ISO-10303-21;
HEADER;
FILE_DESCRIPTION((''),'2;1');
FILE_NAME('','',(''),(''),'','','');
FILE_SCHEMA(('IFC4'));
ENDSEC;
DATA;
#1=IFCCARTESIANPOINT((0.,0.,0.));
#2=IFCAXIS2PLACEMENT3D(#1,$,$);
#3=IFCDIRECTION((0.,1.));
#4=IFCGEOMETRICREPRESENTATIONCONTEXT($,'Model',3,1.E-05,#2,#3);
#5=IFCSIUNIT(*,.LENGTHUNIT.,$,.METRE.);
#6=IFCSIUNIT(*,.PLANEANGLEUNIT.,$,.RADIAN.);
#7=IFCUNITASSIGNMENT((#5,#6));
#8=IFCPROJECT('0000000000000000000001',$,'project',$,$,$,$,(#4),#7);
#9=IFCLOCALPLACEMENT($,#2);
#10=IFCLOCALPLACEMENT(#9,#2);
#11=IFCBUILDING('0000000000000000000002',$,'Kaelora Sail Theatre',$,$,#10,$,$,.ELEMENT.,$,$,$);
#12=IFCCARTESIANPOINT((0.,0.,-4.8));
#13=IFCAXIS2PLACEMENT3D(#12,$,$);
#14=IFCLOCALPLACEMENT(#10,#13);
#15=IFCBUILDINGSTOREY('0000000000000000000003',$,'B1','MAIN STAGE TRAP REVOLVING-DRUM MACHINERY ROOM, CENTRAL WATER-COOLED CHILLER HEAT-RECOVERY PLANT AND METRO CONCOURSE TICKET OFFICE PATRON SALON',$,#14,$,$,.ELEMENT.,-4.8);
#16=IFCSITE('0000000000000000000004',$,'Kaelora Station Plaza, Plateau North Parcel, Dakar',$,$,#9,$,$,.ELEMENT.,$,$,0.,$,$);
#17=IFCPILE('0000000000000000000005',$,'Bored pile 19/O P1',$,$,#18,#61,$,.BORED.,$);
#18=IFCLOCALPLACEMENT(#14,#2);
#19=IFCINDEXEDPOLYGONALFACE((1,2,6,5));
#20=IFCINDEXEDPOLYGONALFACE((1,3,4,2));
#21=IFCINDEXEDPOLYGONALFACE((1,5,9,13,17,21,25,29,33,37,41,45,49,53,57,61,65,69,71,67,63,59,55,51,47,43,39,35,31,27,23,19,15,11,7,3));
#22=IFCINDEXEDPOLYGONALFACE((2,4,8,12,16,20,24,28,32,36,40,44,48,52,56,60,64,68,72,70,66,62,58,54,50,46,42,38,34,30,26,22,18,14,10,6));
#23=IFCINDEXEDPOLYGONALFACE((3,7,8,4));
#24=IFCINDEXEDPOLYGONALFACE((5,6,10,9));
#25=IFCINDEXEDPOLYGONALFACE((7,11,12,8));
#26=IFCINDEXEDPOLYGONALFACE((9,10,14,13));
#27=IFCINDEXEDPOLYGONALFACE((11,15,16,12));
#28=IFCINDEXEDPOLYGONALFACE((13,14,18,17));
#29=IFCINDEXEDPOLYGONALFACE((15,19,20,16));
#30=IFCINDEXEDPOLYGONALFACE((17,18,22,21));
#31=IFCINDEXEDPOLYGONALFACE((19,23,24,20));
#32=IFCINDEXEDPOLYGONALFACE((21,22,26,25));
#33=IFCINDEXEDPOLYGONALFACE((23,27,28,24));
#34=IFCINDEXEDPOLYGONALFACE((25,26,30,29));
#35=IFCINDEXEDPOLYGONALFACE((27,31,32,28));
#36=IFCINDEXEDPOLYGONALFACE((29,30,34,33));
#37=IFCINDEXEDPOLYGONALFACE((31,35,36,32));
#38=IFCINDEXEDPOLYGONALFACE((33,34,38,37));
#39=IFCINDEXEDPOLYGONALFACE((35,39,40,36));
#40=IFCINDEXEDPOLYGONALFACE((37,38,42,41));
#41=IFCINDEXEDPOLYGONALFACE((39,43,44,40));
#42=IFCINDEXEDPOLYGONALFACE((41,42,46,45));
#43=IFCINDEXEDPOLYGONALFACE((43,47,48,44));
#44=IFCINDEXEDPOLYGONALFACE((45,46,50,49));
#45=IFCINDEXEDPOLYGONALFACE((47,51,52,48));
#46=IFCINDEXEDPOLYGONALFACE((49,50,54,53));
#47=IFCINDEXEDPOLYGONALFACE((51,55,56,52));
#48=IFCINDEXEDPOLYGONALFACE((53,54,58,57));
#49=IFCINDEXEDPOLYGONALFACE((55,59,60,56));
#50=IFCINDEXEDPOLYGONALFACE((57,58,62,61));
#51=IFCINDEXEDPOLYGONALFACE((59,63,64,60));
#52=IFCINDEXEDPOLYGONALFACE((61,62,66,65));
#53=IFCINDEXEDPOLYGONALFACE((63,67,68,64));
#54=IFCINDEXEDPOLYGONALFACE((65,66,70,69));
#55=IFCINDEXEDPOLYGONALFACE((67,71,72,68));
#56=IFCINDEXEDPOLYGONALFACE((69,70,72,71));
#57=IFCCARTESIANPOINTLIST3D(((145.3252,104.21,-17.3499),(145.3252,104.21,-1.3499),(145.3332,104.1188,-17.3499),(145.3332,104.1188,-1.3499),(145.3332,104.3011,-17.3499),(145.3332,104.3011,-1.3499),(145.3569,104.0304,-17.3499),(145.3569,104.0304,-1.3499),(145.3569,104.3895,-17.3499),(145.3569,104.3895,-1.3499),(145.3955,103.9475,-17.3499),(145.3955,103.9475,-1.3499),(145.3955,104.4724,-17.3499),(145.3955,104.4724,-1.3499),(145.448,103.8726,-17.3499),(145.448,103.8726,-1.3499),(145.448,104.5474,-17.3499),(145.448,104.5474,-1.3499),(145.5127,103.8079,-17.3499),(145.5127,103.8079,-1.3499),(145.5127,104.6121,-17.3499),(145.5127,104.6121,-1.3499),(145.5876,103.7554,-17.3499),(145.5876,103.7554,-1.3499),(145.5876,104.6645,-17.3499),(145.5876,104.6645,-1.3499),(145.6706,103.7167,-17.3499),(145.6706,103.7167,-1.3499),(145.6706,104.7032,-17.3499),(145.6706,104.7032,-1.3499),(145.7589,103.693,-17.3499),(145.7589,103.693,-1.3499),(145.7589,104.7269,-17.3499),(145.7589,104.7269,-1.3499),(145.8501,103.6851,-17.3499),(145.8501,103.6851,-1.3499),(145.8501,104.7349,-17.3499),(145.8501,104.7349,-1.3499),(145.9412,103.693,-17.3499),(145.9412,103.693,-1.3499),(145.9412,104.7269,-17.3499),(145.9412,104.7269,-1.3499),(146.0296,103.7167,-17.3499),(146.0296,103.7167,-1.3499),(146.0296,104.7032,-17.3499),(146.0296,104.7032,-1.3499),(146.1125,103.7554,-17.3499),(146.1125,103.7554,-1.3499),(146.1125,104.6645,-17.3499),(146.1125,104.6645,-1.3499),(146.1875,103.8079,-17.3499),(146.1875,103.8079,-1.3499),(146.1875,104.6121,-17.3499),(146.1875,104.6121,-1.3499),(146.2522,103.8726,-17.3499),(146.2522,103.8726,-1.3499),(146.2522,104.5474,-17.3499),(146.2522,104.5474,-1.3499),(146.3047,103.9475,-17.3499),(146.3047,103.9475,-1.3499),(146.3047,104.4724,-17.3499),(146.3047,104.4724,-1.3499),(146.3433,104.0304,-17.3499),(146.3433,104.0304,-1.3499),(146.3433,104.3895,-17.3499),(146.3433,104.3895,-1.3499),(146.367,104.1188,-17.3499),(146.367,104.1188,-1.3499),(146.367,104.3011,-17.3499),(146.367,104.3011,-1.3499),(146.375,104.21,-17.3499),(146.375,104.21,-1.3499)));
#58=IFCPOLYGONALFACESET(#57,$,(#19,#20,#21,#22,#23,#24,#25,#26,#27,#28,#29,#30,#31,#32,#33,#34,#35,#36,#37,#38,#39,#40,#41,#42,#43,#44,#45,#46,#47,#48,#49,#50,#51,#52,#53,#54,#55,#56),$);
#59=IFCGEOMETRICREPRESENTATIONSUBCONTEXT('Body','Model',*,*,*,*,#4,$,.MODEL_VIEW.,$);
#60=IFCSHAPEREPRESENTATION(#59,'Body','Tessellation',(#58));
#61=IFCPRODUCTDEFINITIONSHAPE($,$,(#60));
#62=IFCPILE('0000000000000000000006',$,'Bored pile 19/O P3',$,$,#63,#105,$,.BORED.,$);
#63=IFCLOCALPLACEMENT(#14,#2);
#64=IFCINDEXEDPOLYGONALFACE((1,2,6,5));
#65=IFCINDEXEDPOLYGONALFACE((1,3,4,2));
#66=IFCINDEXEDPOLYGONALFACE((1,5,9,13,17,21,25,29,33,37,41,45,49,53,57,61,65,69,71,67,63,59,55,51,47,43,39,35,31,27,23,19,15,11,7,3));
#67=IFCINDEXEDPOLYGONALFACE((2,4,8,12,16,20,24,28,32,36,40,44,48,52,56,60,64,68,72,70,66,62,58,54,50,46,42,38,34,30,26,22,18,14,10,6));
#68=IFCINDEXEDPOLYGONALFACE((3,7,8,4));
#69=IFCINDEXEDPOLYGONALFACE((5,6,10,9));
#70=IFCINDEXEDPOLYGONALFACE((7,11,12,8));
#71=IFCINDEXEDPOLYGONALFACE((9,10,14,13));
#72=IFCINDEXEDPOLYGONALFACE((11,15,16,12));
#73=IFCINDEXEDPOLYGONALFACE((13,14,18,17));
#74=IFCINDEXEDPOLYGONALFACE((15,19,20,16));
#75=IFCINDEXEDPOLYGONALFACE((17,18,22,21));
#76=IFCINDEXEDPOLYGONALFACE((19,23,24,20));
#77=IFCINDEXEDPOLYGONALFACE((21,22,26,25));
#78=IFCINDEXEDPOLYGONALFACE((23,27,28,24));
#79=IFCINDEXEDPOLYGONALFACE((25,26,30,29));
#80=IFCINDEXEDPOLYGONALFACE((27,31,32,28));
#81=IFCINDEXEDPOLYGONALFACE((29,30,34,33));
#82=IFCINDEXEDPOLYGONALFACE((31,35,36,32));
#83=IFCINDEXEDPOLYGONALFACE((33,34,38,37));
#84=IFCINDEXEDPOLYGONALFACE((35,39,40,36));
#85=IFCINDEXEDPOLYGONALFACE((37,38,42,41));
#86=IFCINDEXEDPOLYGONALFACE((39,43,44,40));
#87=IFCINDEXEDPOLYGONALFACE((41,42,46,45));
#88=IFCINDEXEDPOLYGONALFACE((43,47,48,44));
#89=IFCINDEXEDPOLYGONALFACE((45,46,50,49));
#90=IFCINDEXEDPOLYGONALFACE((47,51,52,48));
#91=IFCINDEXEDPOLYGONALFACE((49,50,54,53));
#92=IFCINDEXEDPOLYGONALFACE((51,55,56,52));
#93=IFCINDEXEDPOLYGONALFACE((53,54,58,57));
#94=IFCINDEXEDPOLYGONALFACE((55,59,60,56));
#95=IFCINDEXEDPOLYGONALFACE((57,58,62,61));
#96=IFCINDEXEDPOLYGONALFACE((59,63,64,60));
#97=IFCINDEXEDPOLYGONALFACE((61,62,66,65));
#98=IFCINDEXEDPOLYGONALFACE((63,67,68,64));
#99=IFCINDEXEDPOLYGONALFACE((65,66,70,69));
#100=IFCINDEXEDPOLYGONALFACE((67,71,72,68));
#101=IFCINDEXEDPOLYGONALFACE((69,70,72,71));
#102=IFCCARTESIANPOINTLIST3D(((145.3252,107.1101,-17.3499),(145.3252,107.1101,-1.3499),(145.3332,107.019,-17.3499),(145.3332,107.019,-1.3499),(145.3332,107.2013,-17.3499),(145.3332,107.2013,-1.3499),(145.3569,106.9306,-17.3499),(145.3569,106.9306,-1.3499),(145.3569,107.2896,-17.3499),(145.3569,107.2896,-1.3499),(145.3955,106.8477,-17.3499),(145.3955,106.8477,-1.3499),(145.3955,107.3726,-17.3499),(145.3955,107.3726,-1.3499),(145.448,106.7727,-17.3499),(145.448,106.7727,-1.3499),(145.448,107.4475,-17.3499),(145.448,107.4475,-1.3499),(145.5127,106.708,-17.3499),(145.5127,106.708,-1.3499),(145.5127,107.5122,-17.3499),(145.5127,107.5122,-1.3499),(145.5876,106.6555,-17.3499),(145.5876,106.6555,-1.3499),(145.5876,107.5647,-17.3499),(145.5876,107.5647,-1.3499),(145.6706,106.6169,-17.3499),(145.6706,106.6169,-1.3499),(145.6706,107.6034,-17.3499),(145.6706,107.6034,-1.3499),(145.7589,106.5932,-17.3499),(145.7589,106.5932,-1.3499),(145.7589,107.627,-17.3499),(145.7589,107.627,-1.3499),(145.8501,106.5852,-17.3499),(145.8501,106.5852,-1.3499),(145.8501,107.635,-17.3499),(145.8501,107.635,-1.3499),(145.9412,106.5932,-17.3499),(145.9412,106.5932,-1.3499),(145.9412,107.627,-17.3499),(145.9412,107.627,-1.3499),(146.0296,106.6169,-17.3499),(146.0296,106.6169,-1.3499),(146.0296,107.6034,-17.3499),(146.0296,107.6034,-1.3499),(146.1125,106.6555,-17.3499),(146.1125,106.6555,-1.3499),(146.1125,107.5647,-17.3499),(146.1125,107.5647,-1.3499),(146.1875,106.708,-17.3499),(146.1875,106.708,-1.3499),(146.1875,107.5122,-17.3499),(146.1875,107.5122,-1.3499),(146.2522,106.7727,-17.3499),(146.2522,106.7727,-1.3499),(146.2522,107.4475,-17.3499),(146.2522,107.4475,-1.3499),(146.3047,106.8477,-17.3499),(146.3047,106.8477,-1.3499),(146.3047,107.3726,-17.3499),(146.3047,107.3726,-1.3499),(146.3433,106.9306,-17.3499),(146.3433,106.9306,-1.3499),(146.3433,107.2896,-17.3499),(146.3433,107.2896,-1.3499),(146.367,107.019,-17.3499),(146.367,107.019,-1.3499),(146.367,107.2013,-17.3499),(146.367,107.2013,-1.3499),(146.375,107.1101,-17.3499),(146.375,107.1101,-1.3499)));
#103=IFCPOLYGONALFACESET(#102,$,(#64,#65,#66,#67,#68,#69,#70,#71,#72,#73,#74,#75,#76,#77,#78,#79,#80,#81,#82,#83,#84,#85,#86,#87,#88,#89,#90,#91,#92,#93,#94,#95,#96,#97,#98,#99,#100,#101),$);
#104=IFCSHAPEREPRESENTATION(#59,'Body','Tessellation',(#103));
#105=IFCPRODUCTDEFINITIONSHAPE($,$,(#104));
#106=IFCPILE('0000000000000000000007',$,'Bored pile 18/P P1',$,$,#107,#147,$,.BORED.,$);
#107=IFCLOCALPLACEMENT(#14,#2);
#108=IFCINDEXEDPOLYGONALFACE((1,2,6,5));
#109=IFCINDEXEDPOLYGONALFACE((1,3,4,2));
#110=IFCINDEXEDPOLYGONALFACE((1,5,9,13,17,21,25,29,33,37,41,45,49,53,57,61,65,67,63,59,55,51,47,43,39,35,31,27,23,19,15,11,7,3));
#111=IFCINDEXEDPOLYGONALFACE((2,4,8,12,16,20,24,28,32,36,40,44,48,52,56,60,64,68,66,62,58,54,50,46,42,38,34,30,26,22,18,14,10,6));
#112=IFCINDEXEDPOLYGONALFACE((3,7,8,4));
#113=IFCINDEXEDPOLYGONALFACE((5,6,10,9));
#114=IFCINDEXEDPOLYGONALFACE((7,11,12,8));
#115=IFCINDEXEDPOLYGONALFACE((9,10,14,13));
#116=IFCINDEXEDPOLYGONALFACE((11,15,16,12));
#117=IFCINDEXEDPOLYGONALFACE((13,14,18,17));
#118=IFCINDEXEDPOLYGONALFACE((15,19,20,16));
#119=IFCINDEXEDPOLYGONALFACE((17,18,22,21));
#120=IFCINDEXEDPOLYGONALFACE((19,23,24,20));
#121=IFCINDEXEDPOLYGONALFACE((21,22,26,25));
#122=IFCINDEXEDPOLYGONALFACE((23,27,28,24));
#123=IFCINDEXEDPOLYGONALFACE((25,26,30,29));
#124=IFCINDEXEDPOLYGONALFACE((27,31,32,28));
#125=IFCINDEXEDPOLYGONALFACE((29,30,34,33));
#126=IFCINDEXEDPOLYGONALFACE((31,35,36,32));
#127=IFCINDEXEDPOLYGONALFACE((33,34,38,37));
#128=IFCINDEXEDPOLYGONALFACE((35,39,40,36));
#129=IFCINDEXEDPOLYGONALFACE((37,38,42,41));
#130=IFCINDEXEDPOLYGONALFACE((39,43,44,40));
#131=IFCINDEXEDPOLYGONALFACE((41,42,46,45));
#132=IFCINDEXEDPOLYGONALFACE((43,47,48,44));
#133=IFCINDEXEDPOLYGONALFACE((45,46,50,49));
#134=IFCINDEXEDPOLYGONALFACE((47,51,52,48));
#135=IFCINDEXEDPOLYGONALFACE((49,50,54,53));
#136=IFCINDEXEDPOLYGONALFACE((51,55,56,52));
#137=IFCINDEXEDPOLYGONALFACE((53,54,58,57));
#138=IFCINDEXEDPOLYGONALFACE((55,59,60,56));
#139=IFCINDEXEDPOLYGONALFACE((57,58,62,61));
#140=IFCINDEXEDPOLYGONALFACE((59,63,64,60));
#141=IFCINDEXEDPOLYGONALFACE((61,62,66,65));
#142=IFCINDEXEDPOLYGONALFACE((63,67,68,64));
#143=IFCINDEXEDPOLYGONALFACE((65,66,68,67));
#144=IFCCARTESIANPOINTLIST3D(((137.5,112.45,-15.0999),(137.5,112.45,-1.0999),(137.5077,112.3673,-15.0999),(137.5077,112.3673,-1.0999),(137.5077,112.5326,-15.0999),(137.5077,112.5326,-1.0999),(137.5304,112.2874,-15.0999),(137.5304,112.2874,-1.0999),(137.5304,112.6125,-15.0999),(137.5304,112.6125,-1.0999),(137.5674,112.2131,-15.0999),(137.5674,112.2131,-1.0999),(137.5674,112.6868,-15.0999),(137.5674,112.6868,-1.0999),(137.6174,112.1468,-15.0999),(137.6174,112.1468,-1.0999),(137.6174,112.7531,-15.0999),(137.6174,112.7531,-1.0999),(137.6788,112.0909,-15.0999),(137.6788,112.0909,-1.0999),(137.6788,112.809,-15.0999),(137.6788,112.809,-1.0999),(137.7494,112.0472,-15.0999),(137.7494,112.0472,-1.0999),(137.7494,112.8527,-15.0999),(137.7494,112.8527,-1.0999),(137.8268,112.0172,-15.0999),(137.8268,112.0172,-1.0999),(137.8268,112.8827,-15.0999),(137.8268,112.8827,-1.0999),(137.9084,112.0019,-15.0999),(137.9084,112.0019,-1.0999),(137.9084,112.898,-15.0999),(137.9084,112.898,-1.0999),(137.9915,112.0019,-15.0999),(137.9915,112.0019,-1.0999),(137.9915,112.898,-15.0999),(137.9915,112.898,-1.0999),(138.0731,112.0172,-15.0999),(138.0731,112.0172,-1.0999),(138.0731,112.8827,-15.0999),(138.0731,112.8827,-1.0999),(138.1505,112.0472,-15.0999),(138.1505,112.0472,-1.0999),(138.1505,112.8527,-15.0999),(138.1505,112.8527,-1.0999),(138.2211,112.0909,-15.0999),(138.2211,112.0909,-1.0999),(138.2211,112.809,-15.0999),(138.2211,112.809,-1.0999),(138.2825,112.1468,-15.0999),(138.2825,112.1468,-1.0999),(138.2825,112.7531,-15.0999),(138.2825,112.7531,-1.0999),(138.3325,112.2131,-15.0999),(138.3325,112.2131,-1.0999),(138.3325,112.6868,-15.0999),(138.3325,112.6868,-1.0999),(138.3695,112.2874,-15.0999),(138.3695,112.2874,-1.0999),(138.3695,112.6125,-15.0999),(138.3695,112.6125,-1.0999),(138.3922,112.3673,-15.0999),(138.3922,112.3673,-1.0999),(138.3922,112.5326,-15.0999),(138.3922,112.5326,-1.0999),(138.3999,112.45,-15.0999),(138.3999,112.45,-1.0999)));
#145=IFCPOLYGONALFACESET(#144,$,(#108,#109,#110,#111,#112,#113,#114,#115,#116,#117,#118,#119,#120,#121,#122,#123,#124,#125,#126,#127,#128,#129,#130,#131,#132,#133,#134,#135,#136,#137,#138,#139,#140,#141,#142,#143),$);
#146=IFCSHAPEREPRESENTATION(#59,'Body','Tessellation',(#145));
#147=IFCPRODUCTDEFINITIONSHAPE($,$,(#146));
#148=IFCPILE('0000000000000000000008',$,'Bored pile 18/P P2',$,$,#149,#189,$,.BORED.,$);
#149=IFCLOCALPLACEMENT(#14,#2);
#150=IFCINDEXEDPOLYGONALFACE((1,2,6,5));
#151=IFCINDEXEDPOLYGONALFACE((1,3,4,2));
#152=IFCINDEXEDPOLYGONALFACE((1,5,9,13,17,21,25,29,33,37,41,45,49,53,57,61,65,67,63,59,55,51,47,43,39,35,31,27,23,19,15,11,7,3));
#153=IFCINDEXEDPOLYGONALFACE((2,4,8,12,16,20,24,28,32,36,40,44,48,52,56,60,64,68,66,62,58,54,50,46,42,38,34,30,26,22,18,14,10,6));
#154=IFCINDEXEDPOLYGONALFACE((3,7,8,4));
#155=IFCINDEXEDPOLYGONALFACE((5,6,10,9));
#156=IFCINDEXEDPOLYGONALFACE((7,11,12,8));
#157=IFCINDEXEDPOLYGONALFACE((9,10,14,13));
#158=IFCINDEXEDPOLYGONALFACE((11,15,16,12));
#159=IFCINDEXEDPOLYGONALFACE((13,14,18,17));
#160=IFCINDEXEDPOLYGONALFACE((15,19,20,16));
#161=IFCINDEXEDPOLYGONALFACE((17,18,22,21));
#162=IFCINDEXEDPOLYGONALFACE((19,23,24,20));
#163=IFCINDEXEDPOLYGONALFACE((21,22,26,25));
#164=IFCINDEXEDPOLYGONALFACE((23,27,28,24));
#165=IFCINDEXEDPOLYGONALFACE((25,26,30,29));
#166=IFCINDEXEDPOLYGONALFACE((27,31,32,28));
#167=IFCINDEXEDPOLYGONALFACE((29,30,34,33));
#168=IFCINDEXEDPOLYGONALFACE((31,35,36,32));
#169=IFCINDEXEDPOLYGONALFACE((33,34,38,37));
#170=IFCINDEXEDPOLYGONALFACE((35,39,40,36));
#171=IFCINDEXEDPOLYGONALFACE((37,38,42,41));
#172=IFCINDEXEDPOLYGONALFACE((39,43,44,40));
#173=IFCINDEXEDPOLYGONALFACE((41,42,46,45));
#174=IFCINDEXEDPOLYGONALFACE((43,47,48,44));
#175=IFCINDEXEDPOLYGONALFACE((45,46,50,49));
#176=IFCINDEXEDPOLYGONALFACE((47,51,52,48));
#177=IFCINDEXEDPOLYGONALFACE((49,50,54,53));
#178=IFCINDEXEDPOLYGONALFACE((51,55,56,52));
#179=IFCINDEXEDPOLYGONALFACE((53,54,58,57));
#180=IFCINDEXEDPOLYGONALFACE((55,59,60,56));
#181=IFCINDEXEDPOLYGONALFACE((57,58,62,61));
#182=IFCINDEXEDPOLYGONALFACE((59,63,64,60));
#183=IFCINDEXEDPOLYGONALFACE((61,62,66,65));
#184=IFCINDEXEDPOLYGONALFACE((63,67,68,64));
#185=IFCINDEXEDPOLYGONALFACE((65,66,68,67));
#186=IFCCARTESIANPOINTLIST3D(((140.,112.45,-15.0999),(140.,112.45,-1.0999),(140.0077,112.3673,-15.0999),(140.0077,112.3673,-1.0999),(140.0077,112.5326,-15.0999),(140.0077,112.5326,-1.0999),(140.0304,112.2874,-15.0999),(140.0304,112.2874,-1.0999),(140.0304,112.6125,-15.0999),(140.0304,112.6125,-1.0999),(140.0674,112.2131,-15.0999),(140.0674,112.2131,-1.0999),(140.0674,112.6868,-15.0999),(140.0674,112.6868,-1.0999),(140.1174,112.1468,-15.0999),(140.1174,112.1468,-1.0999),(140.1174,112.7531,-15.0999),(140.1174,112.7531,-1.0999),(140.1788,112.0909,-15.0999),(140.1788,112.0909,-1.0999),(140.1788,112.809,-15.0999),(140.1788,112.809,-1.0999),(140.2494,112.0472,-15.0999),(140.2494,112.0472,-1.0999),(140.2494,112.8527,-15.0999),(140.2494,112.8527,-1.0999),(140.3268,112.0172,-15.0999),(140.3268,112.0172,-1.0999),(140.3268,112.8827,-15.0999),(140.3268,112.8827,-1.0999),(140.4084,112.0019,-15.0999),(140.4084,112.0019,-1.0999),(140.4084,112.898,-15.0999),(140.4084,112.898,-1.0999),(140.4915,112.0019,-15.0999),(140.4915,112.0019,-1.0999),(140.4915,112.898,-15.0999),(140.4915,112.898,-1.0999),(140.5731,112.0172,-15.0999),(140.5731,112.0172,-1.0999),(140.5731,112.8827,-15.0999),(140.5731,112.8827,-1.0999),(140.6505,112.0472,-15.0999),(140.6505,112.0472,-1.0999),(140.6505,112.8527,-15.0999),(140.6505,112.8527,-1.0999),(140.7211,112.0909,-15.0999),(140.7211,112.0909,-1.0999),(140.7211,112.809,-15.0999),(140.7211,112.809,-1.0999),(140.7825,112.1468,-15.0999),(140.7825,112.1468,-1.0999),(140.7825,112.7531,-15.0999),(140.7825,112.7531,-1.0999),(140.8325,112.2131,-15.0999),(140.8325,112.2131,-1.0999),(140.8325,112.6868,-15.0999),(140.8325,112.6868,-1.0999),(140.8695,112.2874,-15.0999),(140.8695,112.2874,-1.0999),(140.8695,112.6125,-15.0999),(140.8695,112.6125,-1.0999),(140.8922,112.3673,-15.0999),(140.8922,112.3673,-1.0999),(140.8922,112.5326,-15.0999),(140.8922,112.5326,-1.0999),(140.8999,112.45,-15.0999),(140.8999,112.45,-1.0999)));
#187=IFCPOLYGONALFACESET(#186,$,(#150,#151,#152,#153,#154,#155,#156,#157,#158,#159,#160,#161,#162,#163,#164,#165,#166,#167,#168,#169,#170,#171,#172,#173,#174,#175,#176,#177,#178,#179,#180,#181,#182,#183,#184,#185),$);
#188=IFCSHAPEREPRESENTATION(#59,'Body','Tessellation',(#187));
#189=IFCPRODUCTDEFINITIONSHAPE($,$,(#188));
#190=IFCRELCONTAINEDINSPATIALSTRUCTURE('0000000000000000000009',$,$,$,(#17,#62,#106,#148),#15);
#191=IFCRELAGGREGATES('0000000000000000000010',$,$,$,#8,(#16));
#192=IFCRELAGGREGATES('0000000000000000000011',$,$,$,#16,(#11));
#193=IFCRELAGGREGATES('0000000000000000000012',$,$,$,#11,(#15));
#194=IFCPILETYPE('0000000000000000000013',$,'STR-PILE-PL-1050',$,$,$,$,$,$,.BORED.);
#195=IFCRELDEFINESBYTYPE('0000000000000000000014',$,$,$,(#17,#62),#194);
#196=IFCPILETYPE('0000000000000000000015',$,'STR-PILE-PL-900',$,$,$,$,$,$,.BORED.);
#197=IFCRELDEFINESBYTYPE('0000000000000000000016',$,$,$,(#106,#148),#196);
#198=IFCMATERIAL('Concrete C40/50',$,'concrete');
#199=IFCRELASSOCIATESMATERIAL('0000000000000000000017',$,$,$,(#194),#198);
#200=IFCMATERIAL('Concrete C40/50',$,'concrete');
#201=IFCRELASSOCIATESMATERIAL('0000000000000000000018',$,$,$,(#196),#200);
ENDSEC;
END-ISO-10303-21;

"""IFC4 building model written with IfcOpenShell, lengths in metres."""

from ifc_helpers import new_model, si_unit, direction, frame, origin, origin_2d, place, context, subcontext, project, spatial, circle, extrude, material, material_profile, profile_set, type_object, element, save


model = new_model("IFC4")

# Units and contexts
model_context = context("Model", 3, precision=1e-05, world=origin(), true_north=direction((0.0, 1.0)))
body_context = subcontext(model_context, "Body", "Model", "MODEL_VIEW")
ifc_project = project(units=[si_unit("LENGTHUNIT", "METRE"), si_unit("PLANEANGLEUNIT", "RADIAN")], contexts=[model_context])

# Site, building, storey
site_placement = place(None, origin())
site = spatial("IfcSite", under=ifc_project, at=site_placement, Name="Kaelora Station Plaza, Plateau North Parcel, Dakar", CompositionType="ELEMENT", RefElevation=0.0)
building_placement = place(site_placement, origin())
building = spatial("IfcBuilding", under=site, at=building_placement, Name="Kaelora Sail Theatre", CompositionType="ELEMENT")
storey_placement = place(building_placement, frame((0.0, 0.0, -4.8)))
storey = spatial("IfcBuildingStorey", under=building, at=storey_placement, Name="B1", Description="MAIN STAGE TRAP REVOLVING-DRUM MACHINERY ROOM, CENTRAL WATER-COOLED CHILLER HEAT-RECOVERY PLANT AND METRO CONCOURSE TICKET OFFICE PATRON SALON", CompositionType="ELEMENT", Elevation=-4.8)

# Piles
ifc_material_1 = material(Name="Concrete C40/50", Category="concrete")
ifc_material_profile_1 = material_profile(ifc_material_1, circle(Radius=0.5249, at=origin_2d()), Name="PILE D1050")
ifc_profile_set_1 = profile_set([ifc_material_profile_1], Name="Concrete C40/50")
pile_type_1 = type_object("IfcPileType", Name="STR-PILE-PL-1050", PredefinedType="BORED", material=ifc_profile_set_1)
for number, where, z_axis, x_axis, name in (
    (1, (145.8501, 104.21, -1.3499), (0.0, 0.0, -1.0), (1.0, 0.0, 0.0), "Bored pile 19/O P1"),
    (2, (145.8501, 107.1101, -1.3499), (0.0, 0.0, -1.0), (1.0, 0.0, 0.0), "Bored pile 19/O P3"),
):
    element("IfcPile", number, at=place(storey_placement, frame(where, z_axis=z_axis, x_axis=x_axis)), inside=storey, type_object=pile_type_1, Name=name, PredefinedType="BORED", context=body_context, shape_type="SweptSolid", body=[
        extrude(circle(Radius=0.5249, at=origin_2d()), origin(), (0.0, 0.0, 1.0), 16.0),
    ])
ifc_material_2 = material(Name="Concrete C40/50", Category="concrete")
ifc_material_profile_2 = material_profile(ifc_material_2, circle(Radius=0.45, at=origin_2d()), Name="PILE D900")
ifc_profile_set_2 = profile_set([ifc_material_profile_2], Name="Concrete C40/50")
pile_type_2 = type_object("IfcPileType", Name="STR-PILE-PL-900", PredefinedType="BORED", material=ifc_profile_set_2)
for number, where, z_axis, x_axis, name in (
    (3, (137.95, 112.45, -1.0999), (0.0, 0.0, -1.0), (1.0, 0.0, 0.0), "Bored pile 18/P P1"),
    (4, (140.45, 112.45, -1.0999), (0.0, 0.0, -1.0), (1.0, 0.0, 0.0), "Bored pile 18/P P2"),
):
    element("IfcPile", number, at=place(storey_placement, frame(where, z_axis=z_axis, x_axis=x_axis)), inside=storey, type_object=pile_type_2, Name=name, PredefinedType="BORED", context=body_context, shape_type="SweptSolid", body=[
        extrude(circle(Radius=0.45, at=origin_2d()), origin(), (0.0, 0.0, 1.0), 14.0),
    ])

save(model, "model.ifc")
